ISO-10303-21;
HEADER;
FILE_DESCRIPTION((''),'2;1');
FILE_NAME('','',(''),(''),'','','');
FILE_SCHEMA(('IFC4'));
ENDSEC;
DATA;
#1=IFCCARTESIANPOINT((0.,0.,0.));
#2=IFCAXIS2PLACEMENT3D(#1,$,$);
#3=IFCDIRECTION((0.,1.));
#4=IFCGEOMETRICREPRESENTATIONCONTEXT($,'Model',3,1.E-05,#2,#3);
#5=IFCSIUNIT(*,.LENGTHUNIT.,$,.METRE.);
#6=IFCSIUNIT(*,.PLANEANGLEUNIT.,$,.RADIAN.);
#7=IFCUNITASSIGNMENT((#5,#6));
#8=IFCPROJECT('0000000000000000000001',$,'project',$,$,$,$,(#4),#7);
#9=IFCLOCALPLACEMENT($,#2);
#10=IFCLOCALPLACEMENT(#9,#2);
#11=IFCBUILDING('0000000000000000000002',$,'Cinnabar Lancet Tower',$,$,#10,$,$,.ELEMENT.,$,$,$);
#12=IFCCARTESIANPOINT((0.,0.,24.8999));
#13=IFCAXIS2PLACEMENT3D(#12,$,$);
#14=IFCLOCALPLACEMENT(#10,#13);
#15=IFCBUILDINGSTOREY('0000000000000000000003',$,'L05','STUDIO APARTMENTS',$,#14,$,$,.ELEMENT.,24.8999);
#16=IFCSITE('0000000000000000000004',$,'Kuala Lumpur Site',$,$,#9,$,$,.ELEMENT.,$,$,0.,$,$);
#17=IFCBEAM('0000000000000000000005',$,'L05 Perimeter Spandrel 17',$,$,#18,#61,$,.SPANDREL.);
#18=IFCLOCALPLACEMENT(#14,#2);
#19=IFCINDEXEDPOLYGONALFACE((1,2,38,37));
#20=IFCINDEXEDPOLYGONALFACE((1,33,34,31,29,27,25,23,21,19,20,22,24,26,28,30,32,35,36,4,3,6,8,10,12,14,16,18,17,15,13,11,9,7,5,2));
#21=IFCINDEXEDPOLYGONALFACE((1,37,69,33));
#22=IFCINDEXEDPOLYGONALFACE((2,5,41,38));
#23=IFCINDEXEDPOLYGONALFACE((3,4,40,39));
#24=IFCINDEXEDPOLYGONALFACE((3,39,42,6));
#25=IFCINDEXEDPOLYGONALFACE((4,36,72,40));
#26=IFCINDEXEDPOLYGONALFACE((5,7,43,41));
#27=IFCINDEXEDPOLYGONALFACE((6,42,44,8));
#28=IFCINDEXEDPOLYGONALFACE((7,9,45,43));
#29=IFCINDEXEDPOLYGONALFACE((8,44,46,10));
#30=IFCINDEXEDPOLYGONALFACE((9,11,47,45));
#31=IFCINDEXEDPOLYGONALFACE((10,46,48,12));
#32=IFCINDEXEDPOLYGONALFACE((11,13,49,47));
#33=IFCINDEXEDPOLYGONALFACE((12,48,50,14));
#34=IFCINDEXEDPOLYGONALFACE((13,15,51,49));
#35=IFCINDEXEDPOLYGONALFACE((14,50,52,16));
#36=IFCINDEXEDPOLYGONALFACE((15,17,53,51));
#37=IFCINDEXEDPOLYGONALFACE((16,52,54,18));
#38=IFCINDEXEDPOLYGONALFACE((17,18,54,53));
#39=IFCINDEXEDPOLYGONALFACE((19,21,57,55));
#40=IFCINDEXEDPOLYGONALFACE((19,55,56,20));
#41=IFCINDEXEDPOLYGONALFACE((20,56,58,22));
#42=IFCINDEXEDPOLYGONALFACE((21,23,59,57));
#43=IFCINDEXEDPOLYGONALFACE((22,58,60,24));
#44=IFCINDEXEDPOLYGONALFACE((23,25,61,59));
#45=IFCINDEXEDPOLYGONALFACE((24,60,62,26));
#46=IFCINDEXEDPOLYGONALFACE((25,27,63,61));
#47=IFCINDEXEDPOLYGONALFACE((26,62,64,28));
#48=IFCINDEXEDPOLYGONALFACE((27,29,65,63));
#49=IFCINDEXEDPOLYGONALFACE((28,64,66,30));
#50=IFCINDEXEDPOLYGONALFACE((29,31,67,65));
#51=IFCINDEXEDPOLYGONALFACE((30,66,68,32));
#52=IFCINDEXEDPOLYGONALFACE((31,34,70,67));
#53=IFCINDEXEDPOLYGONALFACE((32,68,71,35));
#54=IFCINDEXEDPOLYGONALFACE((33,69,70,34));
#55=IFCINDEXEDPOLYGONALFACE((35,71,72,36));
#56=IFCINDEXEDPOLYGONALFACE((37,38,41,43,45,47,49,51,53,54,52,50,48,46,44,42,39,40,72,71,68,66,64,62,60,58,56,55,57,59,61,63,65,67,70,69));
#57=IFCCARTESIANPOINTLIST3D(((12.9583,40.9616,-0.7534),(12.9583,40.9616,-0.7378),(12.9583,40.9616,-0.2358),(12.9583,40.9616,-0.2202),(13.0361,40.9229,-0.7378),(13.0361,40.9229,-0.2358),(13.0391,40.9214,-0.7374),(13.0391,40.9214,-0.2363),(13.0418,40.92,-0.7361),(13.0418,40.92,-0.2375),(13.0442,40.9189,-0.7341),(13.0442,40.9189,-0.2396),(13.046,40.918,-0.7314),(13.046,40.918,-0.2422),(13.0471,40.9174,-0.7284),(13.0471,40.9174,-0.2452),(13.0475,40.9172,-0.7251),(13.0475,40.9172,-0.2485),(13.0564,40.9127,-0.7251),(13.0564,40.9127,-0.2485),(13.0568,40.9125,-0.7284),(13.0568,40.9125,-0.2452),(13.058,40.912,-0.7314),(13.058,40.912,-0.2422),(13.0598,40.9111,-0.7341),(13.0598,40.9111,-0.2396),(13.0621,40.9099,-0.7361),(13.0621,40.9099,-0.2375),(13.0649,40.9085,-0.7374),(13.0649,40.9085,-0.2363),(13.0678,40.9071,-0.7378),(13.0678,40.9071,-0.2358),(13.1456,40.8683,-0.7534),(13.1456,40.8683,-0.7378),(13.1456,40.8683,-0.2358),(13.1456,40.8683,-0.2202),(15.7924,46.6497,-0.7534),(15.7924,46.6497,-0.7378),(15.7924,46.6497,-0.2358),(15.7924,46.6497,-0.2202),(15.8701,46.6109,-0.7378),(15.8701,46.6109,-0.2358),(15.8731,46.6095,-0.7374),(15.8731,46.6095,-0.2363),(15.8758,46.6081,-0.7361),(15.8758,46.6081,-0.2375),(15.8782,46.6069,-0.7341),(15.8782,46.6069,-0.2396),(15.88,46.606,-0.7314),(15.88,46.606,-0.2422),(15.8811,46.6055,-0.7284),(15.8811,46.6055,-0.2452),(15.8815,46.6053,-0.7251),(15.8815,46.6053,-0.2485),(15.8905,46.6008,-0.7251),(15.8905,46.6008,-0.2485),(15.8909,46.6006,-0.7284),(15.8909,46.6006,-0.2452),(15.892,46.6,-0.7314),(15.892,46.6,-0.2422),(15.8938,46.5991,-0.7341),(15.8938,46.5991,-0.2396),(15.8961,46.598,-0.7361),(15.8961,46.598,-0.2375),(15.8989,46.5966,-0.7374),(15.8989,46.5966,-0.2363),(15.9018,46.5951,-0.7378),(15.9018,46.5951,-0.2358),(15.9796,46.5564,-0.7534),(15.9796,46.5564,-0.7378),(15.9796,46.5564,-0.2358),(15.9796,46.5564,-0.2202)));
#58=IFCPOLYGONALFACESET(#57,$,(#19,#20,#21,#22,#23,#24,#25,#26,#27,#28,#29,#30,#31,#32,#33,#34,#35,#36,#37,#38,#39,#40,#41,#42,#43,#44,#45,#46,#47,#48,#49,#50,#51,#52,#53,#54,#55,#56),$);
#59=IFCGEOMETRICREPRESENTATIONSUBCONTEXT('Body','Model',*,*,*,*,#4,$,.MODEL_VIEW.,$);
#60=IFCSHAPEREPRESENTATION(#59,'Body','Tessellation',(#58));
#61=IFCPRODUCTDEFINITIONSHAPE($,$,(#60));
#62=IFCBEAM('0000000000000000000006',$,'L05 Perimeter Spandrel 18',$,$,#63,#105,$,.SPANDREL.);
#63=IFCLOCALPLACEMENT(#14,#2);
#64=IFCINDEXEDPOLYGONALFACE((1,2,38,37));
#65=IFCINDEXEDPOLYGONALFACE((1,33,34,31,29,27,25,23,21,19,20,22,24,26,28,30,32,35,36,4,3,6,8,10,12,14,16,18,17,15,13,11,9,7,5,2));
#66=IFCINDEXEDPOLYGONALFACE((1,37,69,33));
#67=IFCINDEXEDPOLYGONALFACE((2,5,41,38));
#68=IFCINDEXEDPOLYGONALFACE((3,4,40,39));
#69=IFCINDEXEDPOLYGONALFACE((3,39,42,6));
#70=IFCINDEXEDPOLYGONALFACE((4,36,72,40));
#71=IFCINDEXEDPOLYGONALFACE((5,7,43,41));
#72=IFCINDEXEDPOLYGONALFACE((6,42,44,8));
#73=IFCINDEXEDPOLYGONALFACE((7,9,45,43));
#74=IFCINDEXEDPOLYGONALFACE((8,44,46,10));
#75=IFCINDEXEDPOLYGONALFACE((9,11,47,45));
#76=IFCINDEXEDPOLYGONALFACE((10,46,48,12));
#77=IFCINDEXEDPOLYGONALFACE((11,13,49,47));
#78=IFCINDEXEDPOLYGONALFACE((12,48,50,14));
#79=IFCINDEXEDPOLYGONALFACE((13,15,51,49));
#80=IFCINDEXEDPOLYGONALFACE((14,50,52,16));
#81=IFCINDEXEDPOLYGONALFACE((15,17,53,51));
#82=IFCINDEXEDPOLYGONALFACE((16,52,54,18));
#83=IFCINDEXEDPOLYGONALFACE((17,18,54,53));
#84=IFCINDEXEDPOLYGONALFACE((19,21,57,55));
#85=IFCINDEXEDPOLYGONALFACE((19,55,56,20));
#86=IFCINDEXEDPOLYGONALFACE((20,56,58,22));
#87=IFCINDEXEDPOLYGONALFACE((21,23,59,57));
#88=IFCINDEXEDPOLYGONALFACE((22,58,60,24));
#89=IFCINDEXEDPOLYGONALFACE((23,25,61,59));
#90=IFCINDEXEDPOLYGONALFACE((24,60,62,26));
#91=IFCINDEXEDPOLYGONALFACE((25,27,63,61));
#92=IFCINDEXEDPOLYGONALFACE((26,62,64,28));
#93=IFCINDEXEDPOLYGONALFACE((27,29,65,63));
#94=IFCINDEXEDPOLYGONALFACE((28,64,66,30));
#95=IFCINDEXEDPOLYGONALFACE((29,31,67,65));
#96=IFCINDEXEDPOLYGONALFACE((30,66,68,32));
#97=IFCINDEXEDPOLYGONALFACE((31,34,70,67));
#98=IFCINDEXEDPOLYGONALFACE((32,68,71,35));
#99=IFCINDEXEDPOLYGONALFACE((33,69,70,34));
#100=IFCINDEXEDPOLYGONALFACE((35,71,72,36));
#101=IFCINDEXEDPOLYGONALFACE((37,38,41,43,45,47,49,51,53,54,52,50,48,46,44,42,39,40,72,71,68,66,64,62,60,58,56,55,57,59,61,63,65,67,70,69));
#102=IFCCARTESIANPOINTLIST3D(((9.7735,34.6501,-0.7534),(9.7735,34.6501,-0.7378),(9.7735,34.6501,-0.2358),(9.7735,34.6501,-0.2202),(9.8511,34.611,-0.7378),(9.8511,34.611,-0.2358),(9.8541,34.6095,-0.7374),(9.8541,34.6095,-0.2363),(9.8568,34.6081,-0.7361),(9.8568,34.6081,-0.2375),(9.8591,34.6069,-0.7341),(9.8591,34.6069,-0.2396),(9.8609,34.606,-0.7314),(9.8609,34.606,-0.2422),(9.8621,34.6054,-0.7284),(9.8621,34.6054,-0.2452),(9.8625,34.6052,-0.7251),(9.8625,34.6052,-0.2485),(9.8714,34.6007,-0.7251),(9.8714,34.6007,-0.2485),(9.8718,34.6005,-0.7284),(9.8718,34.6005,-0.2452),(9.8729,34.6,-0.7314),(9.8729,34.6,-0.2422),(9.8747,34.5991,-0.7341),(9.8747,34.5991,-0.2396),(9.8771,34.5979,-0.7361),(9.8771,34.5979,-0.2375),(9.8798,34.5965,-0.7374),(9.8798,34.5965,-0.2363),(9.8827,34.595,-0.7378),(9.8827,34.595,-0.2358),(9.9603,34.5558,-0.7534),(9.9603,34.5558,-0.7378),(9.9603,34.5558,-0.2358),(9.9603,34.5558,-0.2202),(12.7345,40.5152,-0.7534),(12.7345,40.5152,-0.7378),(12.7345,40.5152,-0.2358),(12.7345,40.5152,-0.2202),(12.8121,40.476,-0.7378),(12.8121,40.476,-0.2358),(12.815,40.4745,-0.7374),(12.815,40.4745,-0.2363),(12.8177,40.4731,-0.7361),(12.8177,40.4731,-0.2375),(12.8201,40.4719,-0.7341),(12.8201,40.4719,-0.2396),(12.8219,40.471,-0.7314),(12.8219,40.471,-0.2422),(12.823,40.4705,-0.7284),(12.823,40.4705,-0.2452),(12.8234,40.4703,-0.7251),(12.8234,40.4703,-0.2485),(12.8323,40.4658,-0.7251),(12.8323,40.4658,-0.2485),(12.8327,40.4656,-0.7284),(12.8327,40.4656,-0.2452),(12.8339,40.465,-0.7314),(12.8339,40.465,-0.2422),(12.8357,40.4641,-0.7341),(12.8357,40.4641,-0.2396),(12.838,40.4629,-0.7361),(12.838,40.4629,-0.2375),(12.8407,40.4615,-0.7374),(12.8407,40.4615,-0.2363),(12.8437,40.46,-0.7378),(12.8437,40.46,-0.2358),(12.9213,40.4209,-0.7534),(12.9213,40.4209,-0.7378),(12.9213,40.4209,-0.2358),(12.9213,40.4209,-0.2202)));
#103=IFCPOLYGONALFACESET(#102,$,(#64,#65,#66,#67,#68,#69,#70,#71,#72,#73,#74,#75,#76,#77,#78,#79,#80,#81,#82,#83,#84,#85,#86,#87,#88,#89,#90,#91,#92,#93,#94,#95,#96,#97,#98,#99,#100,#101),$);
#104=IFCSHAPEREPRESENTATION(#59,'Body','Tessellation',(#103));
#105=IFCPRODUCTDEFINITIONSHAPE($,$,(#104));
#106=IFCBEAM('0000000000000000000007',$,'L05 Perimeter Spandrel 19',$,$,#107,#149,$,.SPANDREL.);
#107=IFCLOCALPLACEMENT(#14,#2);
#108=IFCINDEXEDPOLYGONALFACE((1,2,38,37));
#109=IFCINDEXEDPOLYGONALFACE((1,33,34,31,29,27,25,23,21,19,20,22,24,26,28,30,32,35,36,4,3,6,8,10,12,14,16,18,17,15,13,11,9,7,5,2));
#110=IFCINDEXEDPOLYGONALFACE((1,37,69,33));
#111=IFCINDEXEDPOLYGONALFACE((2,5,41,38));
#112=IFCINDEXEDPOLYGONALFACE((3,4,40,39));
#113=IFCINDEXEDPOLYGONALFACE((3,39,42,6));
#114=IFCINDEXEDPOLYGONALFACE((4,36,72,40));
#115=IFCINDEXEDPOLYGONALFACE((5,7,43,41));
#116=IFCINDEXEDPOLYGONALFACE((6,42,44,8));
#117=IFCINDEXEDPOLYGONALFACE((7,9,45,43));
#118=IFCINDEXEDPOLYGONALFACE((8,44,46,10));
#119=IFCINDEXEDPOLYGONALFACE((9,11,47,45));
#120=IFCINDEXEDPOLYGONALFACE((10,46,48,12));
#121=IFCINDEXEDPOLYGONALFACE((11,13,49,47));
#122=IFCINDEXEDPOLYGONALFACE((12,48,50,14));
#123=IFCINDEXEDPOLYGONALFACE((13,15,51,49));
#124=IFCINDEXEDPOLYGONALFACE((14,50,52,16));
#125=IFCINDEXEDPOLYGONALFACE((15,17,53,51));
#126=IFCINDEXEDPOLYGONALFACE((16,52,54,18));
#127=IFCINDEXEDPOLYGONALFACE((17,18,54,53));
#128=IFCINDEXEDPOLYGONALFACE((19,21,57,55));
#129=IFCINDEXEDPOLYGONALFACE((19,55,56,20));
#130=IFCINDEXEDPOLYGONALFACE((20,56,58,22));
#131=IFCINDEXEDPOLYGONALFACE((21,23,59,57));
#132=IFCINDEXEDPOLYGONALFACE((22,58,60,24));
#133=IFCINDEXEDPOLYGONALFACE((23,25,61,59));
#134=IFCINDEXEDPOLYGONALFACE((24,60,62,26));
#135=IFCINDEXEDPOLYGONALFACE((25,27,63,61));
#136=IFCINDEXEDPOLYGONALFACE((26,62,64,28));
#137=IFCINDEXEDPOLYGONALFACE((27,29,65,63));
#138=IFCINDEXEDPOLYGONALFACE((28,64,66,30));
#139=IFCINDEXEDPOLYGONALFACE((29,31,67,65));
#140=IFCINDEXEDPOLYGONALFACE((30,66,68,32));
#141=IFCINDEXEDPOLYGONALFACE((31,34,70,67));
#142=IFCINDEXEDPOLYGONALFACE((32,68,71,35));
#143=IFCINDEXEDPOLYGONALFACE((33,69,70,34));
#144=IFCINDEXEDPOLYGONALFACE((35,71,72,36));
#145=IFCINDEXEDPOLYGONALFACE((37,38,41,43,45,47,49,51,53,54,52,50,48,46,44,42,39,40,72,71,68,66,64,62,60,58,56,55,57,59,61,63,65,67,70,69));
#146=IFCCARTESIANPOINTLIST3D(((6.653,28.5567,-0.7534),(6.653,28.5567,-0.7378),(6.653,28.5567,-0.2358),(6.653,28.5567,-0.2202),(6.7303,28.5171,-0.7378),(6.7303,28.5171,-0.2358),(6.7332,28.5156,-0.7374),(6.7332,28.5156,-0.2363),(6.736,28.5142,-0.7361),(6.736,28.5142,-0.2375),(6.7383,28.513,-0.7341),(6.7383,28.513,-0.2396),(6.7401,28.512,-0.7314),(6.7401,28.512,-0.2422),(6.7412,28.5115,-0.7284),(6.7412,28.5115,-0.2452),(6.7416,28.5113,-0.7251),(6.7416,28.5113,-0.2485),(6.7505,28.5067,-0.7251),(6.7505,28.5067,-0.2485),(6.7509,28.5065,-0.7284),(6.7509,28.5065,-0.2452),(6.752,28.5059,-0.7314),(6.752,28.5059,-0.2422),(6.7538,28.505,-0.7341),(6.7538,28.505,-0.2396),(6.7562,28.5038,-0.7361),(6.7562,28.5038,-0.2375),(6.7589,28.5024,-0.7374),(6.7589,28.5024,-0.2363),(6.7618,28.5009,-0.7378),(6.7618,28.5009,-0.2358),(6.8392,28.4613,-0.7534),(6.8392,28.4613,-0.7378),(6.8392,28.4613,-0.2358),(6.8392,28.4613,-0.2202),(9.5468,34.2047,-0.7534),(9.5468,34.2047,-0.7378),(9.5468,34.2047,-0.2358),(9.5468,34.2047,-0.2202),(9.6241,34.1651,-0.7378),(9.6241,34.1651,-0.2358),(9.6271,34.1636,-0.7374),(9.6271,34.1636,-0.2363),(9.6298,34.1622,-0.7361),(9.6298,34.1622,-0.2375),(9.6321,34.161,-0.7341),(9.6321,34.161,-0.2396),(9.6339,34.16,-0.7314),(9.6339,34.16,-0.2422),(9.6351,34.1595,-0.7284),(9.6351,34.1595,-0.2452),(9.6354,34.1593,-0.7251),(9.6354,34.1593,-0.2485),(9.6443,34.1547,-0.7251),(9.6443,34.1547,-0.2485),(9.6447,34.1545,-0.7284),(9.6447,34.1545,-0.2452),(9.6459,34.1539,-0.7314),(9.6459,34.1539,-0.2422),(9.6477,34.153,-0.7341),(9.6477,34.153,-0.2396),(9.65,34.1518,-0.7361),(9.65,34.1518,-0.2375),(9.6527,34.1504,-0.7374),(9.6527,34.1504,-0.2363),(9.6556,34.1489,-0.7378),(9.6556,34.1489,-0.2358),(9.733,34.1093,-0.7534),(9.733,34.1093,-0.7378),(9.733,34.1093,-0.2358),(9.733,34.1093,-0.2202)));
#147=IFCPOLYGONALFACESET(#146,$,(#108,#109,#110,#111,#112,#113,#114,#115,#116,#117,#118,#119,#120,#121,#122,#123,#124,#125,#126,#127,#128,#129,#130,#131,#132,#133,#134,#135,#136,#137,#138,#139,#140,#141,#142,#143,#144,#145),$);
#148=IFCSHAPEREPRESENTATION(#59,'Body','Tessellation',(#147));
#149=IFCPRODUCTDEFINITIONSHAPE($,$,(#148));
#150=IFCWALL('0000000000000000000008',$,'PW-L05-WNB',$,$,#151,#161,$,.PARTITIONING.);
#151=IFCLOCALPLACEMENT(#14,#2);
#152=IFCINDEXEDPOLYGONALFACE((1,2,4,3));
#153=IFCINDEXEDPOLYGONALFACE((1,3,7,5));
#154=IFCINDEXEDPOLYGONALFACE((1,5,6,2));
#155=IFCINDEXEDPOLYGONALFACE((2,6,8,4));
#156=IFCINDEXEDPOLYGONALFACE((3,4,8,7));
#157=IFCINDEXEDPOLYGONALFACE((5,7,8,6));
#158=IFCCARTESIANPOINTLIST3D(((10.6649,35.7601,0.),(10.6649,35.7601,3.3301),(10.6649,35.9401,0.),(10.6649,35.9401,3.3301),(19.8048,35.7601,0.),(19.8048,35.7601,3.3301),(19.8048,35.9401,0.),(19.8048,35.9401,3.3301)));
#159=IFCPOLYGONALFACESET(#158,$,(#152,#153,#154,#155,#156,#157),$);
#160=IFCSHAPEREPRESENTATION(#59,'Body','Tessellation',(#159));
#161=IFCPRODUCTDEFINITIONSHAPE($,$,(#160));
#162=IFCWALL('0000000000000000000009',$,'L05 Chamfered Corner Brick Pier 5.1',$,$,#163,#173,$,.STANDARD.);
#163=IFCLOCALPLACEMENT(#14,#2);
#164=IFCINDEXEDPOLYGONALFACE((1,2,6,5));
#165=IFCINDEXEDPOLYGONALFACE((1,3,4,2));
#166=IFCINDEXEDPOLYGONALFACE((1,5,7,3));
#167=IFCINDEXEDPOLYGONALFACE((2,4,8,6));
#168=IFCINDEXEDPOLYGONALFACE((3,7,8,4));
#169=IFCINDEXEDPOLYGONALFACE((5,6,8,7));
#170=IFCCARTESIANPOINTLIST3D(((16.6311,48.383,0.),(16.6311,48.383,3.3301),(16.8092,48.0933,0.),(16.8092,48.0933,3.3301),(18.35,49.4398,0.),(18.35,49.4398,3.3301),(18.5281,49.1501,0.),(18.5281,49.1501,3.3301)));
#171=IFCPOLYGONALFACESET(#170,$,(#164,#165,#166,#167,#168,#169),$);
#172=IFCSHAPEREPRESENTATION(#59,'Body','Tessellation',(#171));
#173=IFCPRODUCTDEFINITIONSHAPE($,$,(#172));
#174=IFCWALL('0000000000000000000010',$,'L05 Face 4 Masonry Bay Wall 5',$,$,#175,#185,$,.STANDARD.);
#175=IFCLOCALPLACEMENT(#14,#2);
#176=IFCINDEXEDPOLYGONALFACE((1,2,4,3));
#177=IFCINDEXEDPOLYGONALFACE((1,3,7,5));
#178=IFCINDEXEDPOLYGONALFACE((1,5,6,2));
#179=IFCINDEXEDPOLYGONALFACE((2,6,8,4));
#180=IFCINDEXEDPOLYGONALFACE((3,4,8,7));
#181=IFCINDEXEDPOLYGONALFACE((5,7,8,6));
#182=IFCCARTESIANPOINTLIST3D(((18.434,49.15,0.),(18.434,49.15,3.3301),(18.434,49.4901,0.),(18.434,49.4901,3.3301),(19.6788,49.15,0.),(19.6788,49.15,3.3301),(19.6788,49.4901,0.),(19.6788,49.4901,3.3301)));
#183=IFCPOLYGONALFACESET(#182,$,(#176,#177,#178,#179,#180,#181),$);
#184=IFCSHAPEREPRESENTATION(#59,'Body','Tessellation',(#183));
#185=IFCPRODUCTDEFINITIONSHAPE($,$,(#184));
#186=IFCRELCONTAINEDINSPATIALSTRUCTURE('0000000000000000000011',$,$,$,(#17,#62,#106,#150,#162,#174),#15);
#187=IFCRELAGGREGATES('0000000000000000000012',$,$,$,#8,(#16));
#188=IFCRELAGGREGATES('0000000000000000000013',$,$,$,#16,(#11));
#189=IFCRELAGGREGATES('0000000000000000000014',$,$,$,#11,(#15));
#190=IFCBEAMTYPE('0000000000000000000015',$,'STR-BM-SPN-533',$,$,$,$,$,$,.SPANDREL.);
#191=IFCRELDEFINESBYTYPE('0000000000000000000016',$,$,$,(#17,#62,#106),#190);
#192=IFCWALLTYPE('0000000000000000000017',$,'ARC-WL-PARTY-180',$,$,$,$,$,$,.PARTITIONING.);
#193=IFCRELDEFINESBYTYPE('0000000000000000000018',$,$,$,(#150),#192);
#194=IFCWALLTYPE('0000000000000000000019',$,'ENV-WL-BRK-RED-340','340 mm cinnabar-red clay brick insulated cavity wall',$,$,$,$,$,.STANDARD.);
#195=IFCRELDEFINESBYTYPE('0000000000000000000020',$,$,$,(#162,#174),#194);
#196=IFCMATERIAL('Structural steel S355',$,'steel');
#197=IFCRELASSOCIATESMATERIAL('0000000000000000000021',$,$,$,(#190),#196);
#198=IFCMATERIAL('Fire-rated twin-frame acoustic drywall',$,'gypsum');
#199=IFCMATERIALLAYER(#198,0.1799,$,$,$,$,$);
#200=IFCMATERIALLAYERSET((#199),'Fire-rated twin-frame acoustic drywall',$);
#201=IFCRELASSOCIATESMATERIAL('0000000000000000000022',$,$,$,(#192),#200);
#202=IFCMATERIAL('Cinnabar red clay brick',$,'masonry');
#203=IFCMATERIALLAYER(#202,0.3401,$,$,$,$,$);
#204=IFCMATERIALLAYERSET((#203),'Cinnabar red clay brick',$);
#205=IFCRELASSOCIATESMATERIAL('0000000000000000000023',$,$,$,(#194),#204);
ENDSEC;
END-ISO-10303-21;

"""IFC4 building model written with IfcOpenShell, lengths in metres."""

from ifc_helpers import new_model, si_unit, direction, frame, frame_2d, origin, origin_2d, place, context, subcontext, project, spatial, rectangle, i_section, extrude, material, layer, layer_set, material_profile, profile_set, type_object, element, save


model = new_model("IFC4")

# Units and contexts
model_context = context("Model", 3, precision=1e-05, world=origin(), true_north=direction((0.0, 1.0)))
body_context = subcontext(model_context, "Body", "Model", "MODEL_VIEW")
ifc_project = project(units=[si_unit("LENGTHUNIT", "METRE"), si_unit("PLANEANGLEUNIT", "RADIAN")], contexts=[model_context])

# Site, building, storey
site_placement = place(None, origin())
site = spatial("IfcSite", under=ifc_project, at=site_placement, Name="Kuala Lumpur Site", CompositionType="ELEMENT", RefElevation=0.0)
building_placement = place(site_placement, origin())
building = spatial("IfcBuilding", under=site, at=building_placement, Name="Cinnabar Lancet Tower", CompositionType="ELEMENT")
storey_placement = place(building_placement, frame((0.0, 0.0, 24.8999)))
storey = spatial("IfcBuildingStorey", under=building, at=storey_placement, Name="L05", Description="STUDIO APARTMENTS", CompositionType="ELEMENT", Elevation=24.8999)

# Beams
ifc_material_1 = material(Name="Structural steel S355", Category="steel")
ifc_material_profile_1 = material_profile(ifc_material_1, i_section(OverallWidth=0.2092, OverallDepth=0.5332, WebThickness=0.01, FlangeThickness=0.0156, FilletRadius=0.0127, at=origin_2d()), Name="UKB 533x210x92")
ifc_profile_set_1 = profile_set([ifc_material_profile_1], Name="Structural steel S355")
beam_type_1 = type_object("IfcBeamType", Name="STR-BM-SPN-533", PredefinedType="SPANDREL", material=ifc_profile_set_1)
beam_1_placement = place(storey_placement, frame((15.886, 46.603, -0.4868), z_axis=(-0.445953, -0.895056, 0.0), x_axis=(0.895056, -0.445953, 0.0)))
element("IfcBeam", 1, at=beam_1_placement, inside=storey, type_object=beam_type_1, Name="L05 Perimeter Spandrel 17", PredefinedType="SPANDREL", context=body_context, shape_type="SweptSolid", body=[
    extrude(i_section(OverallWidth=0.2092, OverallDepth=0.5332, WebThickness=0.01, FlangeThickness=0.0156, FilletRadius=0.0127, at=origin_2d()), origin(), (0.0, 0.0, 1.0), 6.355),
])
beam_2_placement = place(storey_placement, frame((12.8279, 40.468, -0.4868), z_axis=(-0.450674, -0.892689, 0.0), x_axis=(0.892689, -0.450674, 0.0)))
element("IfcBeam", 2, at=beam_2_placement, inside=storey, type_object=beam_type_1, Name="L05 Perimeter Spandrel 18", PredefinedType="SPANDREL", context=body_context, shape_type="SweptSolid", body=[
    extrude(i_section(OverallWidth=0.2092, OverallDepth=0.5332, WebThickness=0.01, FlangeThickness=0.0156, FilletRadius=0.0127, at=origin_2d()), origin(), (0.0, 0.0, 1.0), 6.5701),
])
beam_3_placement = place(storey_placement, frame((9.6399, 34.157, -0.4868), z_axis=(-0.455994, -0.889983, 0.0), x_axis=(0.889983, -0.455994, 0.0)))
element("IfcBeam", 3, at=beam_3_placement, inside=storey, type_object=beam_type_1, Name="L05 Perimeter Spandrel 19", PredefinedType="SPANDREL", context=body_context, shape_type="SweptSolid", body=[
    extrude(i_section(OverallWidth=0.2092, OverallDepth=0.5332, WebThickness=0.01, FlangeThickness=0.0156, FilletRadius=0.0127, at=origin_2d()), origin(), (0.0, 0.0, 1.0), 6.3462),
])

# Walls
ifc_material_2 = material(Name="Fire-rated twin-frame acoustic drywall", Category="gypsum")
ifc_layer_1 = layer(ifc_material_2, 0.1799)
ifc_layer_set_1 = layer_set([ifc_layer_1], Name="Fire-rated twin-frame acoustic drywall")
wall_type_1 = type_object("IfcWallType", Name="ARC-WL-PARTY-180", PredefinedType="PARTITIONING", material=ifc_layer_set_1)
wall_1_placement = place(storey_placement, frame((10.665, 35.8501, 0.0), z_axis=(0.0, 0.0, 1.0), x_axis=(1.0, 0.0, 0.0)))
element("IfcWall", 4, at=wall_1_placement, inside=storey, type_object=wall_type_1, Name="PW-L05-WNB", PredefinedType="PARTITIONING", context=body_context, shape_type="SweptSolid", body=[
    extrude(rectangle(XDim=9.1399, YDim=0.1799, at=frame_2d((4.5698, 0.0))), origin(), (0.0, 0.0, 1.0), 3.3301),
])
ifc_material_3 = material(Name="Cinnabar red clay brick", Category="masonry")
ifc_layer_2 = layer(ifc_material_3, 0.3401)
ifc_layer_set_2 = layer_set([ifc_layer_2], Name="Cinnabar red clay brick")
wall_type_2 = type_object("IfcWallType", Name="ENV-WL-BRK-RED-340", Description="340 mm cinnabar-red clay brick insulated cavity wall", PredefinedType="STANDARD", material=ifc_layer_set_2)
wall_2_placement = place(storey_placement, frame((18.439, 49.2949, 0.0), z_axis=(0.0, 0.0, 1.0), x_axis=(-0.85187, -0.523753, 0.0)))
element("IfcWall", 5, at=wall_2_placement, inside=storey, type_object=wall_type_2, Name="L05 Chamfered Corner Brick Pier 5.1", PredefinedType="STANDARD", context=body_context, shape_type="SweptSolid", body=[
    extrude(rectangle(XDim=2.0178, YDim=0.3401, at=frame_2d((1.0088, 0.0))), origin(), (0.0, 0.0, 1.0), 3.3301),
])
wall_3_placement = place(storey_placement, frame((19.679, 49.3201, 0.0), z_axis=(0.0, 0.0, 1.0), x_axis=(-1.0, 0.0, 0.0)))
element("IfcWall", 6, at=wall_3_placement, inside=storey, type_object=wall_type_2, Name="L05 Face 4 Masonry Bay Wall 5", PredefinedType="STANDARD", context=body_context, shape_type="SweptSolid", body=[
    extrude(rectangle(XDim=1.2449, YDim=0.3401, at=frame_2d((0.6226, 0.0))), origin(), (0.0, 0.0, 1.0), 3.3301),
])

save(model, "model.ifc")
